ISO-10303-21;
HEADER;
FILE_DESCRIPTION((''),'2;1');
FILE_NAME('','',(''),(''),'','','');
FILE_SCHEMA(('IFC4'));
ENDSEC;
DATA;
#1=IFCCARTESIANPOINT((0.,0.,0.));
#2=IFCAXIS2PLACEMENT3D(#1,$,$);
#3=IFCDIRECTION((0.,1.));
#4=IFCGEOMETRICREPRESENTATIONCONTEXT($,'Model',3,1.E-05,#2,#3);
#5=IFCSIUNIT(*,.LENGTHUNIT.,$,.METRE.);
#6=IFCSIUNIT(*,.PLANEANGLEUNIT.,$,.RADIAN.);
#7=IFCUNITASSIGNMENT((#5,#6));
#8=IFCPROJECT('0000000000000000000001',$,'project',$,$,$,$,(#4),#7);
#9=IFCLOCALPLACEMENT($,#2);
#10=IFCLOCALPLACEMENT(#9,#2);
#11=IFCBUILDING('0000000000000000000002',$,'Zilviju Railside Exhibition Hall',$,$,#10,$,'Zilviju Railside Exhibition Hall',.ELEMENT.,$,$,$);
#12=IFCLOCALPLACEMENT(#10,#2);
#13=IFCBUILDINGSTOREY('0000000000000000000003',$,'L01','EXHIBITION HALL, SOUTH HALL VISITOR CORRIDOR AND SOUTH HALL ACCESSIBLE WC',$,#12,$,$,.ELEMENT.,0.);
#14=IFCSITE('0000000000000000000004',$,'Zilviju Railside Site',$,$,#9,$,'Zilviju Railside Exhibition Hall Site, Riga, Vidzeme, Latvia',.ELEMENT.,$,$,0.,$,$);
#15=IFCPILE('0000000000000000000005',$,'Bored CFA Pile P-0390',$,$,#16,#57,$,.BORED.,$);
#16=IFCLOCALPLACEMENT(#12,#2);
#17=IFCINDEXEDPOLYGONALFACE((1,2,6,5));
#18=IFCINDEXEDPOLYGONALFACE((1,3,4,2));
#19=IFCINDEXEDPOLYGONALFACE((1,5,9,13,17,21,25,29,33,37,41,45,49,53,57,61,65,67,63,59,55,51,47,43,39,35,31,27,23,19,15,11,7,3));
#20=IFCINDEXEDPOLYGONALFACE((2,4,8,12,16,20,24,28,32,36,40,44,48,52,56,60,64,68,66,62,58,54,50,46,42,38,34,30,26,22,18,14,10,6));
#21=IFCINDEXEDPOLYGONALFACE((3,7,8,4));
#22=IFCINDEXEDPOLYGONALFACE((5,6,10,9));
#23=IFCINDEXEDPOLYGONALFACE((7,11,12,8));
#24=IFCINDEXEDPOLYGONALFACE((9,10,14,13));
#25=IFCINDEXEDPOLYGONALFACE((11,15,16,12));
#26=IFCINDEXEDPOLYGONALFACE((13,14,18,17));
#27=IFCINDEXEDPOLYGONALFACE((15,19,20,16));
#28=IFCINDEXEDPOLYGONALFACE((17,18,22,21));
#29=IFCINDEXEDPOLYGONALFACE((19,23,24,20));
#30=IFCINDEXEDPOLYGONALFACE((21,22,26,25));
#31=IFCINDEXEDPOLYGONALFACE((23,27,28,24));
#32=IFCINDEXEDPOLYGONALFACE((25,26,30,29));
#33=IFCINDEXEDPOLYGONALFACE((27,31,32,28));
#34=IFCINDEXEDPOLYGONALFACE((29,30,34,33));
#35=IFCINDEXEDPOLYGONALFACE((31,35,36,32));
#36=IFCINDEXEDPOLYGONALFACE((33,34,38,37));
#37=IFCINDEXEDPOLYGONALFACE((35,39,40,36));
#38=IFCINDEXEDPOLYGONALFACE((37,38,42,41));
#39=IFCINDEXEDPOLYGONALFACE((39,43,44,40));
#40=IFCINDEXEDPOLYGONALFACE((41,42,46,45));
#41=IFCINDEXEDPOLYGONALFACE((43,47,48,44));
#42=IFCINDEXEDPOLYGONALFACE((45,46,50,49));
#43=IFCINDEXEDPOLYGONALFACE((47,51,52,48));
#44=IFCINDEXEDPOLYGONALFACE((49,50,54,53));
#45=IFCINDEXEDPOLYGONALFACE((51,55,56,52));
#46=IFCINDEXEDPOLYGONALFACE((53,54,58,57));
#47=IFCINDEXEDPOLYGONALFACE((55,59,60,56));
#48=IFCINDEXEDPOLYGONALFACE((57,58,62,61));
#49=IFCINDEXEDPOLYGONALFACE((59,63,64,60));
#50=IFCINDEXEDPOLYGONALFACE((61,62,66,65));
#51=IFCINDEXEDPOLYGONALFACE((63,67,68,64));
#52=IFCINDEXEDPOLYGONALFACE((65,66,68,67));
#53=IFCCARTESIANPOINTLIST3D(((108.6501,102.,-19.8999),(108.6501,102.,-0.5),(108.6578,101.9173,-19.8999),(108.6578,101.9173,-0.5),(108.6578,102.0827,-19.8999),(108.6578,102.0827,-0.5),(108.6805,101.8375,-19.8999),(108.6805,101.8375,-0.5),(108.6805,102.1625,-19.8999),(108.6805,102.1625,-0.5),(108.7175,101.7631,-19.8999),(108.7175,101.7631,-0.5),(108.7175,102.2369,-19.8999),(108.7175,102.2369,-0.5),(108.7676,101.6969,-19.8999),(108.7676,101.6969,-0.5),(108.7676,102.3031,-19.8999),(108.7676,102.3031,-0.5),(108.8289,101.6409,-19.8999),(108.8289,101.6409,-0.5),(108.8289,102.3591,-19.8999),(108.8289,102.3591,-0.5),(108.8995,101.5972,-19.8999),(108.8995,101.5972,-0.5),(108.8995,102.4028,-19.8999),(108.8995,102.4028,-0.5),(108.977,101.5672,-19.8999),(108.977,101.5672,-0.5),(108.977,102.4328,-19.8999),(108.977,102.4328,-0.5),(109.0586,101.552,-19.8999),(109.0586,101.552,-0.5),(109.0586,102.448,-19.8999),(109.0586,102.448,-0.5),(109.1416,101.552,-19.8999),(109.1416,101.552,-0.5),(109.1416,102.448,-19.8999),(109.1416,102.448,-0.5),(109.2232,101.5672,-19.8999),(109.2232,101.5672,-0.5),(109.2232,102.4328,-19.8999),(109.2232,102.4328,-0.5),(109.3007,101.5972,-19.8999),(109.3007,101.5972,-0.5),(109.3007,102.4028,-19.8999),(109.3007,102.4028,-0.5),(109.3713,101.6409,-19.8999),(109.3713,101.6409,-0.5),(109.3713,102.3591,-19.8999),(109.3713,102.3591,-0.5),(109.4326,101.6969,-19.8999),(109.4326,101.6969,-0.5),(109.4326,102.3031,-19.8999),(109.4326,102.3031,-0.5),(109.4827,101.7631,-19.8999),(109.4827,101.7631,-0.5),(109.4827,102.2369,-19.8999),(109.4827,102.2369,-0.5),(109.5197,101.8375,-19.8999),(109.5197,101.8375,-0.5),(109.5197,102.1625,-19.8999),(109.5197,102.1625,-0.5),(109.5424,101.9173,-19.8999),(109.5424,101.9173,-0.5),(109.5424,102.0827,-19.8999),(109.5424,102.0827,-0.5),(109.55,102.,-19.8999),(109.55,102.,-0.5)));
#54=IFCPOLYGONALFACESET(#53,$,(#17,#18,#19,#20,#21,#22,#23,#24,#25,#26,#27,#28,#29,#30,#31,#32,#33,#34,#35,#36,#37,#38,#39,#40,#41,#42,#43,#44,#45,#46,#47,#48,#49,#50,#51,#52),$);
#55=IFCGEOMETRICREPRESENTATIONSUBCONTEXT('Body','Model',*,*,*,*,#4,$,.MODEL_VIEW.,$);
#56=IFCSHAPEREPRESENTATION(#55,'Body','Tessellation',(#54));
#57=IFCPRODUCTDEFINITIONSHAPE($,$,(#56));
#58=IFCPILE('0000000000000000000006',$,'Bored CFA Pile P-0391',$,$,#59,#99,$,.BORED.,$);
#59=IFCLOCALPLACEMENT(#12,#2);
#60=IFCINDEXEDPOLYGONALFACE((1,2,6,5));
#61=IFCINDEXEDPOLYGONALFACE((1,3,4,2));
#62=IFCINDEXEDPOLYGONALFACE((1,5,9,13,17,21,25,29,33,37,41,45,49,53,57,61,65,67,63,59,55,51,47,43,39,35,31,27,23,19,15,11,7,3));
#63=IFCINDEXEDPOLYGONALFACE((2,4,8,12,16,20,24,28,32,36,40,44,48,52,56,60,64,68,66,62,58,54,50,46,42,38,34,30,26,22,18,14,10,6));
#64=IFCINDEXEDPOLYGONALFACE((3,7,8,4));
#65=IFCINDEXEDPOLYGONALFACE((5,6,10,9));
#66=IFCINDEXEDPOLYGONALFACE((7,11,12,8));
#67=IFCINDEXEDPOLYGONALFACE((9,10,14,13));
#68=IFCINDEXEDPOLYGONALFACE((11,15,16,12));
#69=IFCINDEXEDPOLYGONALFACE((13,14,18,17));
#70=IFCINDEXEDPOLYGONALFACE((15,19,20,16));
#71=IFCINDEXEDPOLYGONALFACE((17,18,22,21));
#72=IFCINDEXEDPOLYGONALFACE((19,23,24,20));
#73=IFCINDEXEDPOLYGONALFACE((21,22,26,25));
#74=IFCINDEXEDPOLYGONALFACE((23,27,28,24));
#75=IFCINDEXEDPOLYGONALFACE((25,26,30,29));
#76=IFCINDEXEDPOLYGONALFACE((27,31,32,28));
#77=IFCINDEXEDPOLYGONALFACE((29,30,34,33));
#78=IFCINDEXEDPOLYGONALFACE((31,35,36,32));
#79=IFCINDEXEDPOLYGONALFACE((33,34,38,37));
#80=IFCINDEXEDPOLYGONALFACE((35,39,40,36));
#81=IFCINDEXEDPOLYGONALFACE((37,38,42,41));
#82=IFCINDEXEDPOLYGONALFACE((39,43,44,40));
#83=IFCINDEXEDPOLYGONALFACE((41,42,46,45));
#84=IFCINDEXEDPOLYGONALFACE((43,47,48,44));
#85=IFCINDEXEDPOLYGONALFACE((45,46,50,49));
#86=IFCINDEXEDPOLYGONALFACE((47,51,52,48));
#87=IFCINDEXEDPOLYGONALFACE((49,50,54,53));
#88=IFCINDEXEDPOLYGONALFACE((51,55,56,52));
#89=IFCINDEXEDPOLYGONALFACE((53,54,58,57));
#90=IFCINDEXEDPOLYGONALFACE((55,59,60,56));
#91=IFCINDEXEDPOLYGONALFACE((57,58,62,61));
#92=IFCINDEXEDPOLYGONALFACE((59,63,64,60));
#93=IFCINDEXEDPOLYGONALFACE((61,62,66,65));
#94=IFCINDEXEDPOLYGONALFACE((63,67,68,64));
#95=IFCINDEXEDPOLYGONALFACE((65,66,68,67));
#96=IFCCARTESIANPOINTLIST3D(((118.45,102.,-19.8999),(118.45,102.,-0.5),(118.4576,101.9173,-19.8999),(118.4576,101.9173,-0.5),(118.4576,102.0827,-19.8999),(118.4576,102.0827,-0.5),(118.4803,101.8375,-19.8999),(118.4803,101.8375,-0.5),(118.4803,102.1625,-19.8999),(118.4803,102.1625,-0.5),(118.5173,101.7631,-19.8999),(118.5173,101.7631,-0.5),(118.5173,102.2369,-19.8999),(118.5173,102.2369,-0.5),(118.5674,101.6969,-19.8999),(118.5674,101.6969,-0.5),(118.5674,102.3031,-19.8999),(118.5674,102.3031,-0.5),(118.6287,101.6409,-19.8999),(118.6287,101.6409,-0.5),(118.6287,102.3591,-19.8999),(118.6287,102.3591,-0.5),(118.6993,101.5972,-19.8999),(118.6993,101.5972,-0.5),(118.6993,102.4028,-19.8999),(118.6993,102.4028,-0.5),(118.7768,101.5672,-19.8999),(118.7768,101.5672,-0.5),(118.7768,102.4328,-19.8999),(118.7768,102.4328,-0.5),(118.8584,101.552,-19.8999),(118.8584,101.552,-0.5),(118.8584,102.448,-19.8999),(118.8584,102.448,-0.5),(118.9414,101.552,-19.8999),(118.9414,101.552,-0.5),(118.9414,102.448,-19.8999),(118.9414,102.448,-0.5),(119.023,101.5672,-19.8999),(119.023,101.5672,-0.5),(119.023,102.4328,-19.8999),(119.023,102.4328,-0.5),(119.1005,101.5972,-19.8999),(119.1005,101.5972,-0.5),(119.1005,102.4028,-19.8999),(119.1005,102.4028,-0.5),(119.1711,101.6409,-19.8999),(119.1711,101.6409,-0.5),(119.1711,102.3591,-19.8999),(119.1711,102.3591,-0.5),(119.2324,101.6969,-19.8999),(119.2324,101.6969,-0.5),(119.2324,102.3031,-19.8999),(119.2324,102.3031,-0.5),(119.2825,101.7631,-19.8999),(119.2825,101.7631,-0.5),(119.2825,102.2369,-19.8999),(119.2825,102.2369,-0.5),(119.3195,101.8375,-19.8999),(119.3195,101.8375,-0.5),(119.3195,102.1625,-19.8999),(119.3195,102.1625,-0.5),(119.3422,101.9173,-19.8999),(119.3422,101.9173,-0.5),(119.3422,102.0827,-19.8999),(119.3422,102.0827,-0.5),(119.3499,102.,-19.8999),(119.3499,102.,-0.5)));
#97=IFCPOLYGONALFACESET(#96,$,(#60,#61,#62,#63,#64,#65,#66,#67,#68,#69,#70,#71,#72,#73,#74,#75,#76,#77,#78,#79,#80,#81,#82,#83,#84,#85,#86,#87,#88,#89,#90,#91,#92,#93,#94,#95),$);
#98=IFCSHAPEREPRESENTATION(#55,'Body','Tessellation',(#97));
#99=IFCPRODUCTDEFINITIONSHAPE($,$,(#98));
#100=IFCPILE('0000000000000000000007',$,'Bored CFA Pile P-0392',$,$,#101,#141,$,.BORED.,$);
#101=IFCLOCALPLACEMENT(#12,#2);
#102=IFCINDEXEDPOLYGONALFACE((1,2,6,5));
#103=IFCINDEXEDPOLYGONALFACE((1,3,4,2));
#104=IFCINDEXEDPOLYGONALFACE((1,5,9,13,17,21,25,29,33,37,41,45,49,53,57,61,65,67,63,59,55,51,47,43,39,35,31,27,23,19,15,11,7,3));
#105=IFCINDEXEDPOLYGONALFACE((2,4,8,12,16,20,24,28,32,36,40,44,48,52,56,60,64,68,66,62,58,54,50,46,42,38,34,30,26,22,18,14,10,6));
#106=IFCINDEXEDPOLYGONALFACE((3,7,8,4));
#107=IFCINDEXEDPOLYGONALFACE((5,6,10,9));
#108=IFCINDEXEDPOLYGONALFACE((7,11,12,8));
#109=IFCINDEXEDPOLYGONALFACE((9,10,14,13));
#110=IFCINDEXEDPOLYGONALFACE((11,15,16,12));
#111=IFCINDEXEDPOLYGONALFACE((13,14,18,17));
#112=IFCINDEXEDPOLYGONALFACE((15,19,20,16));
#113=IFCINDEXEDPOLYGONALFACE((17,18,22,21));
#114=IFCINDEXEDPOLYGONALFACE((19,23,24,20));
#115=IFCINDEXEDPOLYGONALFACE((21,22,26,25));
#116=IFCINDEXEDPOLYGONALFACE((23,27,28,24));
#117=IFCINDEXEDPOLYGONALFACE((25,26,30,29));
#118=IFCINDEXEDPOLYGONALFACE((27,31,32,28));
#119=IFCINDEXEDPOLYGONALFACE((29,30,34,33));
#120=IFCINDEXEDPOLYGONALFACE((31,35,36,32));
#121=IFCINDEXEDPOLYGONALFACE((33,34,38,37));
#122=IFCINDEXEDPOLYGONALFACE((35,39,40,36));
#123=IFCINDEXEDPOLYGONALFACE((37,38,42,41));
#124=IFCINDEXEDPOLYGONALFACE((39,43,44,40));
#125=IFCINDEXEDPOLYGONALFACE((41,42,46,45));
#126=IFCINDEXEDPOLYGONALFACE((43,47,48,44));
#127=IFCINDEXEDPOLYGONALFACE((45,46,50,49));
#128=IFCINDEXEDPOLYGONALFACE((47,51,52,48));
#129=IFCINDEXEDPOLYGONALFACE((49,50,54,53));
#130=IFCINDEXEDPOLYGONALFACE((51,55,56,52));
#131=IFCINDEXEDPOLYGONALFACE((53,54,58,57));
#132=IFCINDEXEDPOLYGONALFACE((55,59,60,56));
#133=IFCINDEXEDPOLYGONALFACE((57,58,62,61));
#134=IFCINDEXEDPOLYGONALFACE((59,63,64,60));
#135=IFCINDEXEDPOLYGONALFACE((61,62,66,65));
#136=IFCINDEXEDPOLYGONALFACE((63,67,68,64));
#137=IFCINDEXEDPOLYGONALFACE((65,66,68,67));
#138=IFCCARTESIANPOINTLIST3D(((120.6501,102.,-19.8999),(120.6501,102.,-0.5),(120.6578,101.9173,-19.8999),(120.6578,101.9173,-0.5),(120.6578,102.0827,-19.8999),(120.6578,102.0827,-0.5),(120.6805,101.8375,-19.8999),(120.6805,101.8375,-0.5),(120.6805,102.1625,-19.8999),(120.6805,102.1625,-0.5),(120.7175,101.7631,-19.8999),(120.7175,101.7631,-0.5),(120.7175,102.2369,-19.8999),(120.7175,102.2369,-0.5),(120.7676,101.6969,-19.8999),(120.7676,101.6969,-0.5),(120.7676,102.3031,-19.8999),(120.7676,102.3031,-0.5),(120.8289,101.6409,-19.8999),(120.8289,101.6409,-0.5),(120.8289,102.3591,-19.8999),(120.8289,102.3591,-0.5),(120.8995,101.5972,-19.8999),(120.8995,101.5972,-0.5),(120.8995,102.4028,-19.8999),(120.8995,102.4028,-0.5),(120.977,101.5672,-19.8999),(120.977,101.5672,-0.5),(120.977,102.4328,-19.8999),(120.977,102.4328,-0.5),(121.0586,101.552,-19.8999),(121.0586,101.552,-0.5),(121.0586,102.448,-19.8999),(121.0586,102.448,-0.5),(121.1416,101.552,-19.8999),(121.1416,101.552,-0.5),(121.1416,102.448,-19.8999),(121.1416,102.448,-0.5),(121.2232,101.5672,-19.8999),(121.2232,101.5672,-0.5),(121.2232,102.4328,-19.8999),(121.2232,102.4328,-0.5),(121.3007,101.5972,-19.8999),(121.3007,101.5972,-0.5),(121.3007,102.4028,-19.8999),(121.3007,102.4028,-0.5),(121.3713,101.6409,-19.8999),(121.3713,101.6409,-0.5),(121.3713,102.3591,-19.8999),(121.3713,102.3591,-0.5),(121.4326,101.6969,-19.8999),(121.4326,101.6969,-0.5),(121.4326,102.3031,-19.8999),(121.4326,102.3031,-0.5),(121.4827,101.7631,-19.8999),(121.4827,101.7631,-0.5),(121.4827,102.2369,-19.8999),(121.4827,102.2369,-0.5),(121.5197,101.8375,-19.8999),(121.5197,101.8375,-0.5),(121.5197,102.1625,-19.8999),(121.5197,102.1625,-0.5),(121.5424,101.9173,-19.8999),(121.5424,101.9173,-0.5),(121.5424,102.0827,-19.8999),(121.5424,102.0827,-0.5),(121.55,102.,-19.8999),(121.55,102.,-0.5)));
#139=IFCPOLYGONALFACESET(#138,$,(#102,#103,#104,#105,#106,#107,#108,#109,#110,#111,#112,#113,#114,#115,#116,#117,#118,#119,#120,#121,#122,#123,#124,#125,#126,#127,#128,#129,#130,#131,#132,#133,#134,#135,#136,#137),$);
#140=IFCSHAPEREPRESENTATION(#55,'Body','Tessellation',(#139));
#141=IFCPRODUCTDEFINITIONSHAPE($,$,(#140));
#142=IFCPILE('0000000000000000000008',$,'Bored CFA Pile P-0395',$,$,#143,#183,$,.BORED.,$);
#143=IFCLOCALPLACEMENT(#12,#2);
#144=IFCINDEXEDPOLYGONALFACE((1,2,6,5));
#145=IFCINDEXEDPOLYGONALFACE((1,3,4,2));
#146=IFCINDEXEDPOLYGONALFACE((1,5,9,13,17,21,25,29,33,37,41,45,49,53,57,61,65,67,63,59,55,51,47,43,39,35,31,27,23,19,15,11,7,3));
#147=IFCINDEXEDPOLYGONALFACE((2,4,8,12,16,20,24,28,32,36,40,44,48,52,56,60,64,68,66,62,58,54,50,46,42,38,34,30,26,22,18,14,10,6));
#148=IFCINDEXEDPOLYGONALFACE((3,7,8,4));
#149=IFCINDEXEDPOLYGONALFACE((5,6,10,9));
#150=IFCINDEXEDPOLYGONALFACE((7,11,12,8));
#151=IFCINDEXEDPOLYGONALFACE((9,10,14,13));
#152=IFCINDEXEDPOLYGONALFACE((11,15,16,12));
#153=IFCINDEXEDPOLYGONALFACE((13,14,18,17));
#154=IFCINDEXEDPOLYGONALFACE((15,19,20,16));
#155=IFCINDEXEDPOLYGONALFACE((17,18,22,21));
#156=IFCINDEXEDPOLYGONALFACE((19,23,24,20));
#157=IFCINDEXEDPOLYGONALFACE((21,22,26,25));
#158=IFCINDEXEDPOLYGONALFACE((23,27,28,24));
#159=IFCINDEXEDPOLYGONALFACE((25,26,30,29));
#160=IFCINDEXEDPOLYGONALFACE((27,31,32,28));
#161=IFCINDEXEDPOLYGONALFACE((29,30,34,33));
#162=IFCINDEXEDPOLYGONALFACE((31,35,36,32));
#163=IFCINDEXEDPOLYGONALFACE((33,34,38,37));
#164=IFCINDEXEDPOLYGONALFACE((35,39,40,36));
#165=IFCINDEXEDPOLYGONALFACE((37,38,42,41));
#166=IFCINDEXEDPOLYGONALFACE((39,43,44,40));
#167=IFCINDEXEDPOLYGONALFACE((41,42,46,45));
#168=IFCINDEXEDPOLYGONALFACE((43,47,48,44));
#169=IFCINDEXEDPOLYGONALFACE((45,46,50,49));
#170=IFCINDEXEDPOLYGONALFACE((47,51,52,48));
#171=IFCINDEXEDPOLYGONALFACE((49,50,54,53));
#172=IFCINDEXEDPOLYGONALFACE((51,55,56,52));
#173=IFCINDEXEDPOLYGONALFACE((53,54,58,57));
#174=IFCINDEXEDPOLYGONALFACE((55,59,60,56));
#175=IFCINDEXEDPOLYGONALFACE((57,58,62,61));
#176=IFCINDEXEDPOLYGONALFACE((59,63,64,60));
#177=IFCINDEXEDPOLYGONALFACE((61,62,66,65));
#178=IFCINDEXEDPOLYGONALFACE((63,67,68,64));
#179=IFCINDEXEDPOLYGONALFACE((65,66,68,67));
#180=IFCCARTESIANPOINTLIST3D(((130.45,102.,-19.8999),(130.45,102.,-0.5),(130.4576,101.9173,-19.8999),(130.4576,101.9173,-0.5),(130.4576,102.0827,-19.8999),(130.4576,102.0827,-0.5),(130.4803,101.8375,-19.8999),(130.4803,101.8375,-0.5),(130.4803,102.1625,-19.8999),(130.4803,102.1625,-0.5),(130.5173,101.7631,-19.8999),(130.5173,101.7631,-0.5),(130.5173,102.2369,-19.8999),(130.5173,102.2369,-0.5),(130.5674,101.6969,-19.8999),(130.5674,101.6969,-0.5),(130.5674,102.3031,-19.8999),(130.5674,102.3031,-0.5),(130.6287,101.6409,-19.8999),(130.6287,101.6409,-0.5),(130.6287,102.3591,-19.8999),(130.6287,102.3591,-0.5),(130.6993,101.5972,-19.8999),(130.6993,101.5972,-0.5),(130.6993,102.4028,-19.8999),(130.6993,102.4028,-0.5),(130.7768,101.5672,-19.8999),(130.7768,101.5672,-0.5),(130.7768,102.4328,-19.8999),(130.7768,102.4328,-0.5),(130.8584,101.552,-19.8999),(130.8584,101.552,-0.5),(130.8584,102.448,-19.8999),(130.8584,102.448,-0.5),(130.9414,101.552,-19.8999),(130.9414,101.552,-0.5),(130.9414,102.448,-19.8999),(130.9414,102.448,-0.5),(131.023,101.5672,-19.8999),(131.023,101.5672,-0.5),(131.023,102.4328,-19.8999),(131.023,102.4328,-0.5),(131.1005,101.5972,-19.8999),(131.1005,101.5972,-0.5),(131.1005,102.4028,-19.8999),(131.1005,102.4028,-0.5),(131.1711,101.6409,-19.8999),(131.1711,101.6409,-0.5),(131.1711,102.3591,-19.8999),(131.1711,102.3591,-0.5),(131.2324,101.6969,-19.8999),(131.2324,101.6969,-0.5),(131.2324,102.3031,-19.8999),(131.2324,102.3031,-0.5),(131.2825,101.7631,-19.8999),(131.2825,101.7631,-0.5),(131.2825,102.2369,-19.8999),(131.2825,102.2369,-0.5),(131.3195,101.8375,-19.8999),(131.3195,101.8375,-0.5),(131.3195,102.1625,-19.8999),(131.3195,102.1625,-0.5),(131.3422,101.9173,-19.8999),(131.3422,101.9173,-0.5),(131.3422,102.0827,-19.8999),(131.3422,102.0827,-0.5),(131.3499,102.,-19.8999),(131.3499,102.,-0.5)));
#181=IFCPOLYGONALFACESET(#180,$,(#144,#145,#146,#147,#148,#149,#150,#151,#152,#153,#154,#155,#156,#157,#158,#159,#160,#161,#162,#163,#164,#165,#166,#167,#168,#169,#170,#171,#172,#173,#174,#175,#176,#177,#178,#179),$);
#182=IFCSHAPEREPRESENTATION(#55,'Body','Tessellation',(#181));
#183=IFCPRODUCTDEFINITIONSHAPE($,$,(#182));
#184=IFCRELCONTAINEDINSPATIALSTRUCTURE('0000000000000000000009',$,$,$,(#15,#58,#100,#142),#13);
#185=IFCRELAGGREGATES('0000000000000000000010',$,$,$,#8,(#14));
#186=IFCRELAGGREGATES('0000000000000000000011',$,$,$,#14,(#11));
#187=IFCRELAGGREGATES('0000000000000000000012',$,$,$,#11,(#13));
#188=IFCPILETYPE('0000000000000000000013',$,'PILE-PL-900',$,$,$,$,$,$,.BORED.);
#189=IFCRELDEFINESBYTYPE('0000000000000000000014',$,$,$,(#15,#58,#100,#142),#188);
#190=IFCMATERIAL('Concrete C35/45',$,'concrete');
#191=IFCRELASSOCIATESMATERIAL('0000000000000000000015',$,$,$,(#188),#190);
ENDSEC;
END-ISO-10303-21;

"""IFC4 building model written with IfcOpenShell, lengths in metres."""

from ifc_helpers import new_model, si_unit, direction, frame, origin, origin_2d, place, context, subcontext, project, spatial, circle, extrude, material, material_profile, profile_set, type_object, element, save


model = new_model("IFC4")

# Units and contexts
model_context = context("Model", 3, precision=1e-05, world=origin(), true_north=direction((0.0, 1.0)))
body_context = subcontext(model_context, "Body", "Model", "MODEL_VIEW")
ifc_project = project(units=[si_unit("LENGTHUNIT", "METRE"), si_unit("PLANEANGLEUNIT", "RADIAN")], contexts=[model_context])

# Site, building, storey
site_placement = place(None, origin())
site = spatial("IfcSite", under=ifc_project, at=site_placement, Name="Zilviju Railside Site", LongName="Zilviju Railside Exhibition Hall Site, Riga, Vidzeme, Latvia", CompositionType="ELEMENT", RefElevation=0.0)
building_placement = place(site_placement, origin())
building = spatial("IfcBuilding", under=site, at=building_placement, Name="Zilviju Railside Exhibition Hall", LongName="Zilviju Railside Exhibition Hall", CompositionType="ELEMENT")
storey_placement = place(building_placement, origin())
storey = spatial("IfcBuildingStorey", under=building, at=storey_placement, Name="L01", Description="EXHIBITION HALL, SOUTH HALL VISITOR CORRIDOR AND SOUTH HALL ACCESSIBLE WC", CompositionType="ELEMENT", Elevation=0.0)

# Shared definitions
ifc_material_1 = material(Name="Concrete C35/45", Category="concrete")

# Piles
ifc_material_profile_1 = material_profile(ifc_material_1, circle(Radius=0.45, at=origin_2d()), Name="CFA PILE D900")
ifc_profile_set_1 = profile_set([ifc_material_profile_1], Name="Concrete C35/45")
pile_type_1 = type_object("IfcPileType", Name="PILE-PL-900", PredefinedType="BORED", material=ifc_profile_set_1)
for number, where, z_axis, x_axis, name in (
    (1, (109.1001, 102.0, -0.5), (0.0, 0.0, -1.0), (1.0, 0.0, 0.0), "Bored CFA Pile P-0390"),
    (2, (118.8999, 102.0, -0.5), (0.0, 0.0, -1.0), (1.0, 0.0, 0.0), "Bored CFA Pile P-0391"),
    (3, (121.1001, 102.0, -0.5), (0.0, 0.0, -1.0), (1.0, 0.0, 0.0), "Bored CFA Pile P-0392"),
    (4, (130.8999, 102.0, -0.5), (0.0, 0.0, -1.0), (1.0, 0.0, 0.0), "Bored CFA Pile P-0395"),
):
    element("IfcPile", number, at=place(storey_placement, frame(where, z_axis=z_axis, x_axis=x_axis)), inside=storey, type_object=pile_type_1, Name=name, PredefinedType="BORED", context=body_context, shape_type="SweptSolid", body=[
        extrude(circle(Radius=0.45, at=origin_2d()), origin(), (0.0, 0.0, 1.0), 19.3999),
    ])

save(model, "model.ifc")
